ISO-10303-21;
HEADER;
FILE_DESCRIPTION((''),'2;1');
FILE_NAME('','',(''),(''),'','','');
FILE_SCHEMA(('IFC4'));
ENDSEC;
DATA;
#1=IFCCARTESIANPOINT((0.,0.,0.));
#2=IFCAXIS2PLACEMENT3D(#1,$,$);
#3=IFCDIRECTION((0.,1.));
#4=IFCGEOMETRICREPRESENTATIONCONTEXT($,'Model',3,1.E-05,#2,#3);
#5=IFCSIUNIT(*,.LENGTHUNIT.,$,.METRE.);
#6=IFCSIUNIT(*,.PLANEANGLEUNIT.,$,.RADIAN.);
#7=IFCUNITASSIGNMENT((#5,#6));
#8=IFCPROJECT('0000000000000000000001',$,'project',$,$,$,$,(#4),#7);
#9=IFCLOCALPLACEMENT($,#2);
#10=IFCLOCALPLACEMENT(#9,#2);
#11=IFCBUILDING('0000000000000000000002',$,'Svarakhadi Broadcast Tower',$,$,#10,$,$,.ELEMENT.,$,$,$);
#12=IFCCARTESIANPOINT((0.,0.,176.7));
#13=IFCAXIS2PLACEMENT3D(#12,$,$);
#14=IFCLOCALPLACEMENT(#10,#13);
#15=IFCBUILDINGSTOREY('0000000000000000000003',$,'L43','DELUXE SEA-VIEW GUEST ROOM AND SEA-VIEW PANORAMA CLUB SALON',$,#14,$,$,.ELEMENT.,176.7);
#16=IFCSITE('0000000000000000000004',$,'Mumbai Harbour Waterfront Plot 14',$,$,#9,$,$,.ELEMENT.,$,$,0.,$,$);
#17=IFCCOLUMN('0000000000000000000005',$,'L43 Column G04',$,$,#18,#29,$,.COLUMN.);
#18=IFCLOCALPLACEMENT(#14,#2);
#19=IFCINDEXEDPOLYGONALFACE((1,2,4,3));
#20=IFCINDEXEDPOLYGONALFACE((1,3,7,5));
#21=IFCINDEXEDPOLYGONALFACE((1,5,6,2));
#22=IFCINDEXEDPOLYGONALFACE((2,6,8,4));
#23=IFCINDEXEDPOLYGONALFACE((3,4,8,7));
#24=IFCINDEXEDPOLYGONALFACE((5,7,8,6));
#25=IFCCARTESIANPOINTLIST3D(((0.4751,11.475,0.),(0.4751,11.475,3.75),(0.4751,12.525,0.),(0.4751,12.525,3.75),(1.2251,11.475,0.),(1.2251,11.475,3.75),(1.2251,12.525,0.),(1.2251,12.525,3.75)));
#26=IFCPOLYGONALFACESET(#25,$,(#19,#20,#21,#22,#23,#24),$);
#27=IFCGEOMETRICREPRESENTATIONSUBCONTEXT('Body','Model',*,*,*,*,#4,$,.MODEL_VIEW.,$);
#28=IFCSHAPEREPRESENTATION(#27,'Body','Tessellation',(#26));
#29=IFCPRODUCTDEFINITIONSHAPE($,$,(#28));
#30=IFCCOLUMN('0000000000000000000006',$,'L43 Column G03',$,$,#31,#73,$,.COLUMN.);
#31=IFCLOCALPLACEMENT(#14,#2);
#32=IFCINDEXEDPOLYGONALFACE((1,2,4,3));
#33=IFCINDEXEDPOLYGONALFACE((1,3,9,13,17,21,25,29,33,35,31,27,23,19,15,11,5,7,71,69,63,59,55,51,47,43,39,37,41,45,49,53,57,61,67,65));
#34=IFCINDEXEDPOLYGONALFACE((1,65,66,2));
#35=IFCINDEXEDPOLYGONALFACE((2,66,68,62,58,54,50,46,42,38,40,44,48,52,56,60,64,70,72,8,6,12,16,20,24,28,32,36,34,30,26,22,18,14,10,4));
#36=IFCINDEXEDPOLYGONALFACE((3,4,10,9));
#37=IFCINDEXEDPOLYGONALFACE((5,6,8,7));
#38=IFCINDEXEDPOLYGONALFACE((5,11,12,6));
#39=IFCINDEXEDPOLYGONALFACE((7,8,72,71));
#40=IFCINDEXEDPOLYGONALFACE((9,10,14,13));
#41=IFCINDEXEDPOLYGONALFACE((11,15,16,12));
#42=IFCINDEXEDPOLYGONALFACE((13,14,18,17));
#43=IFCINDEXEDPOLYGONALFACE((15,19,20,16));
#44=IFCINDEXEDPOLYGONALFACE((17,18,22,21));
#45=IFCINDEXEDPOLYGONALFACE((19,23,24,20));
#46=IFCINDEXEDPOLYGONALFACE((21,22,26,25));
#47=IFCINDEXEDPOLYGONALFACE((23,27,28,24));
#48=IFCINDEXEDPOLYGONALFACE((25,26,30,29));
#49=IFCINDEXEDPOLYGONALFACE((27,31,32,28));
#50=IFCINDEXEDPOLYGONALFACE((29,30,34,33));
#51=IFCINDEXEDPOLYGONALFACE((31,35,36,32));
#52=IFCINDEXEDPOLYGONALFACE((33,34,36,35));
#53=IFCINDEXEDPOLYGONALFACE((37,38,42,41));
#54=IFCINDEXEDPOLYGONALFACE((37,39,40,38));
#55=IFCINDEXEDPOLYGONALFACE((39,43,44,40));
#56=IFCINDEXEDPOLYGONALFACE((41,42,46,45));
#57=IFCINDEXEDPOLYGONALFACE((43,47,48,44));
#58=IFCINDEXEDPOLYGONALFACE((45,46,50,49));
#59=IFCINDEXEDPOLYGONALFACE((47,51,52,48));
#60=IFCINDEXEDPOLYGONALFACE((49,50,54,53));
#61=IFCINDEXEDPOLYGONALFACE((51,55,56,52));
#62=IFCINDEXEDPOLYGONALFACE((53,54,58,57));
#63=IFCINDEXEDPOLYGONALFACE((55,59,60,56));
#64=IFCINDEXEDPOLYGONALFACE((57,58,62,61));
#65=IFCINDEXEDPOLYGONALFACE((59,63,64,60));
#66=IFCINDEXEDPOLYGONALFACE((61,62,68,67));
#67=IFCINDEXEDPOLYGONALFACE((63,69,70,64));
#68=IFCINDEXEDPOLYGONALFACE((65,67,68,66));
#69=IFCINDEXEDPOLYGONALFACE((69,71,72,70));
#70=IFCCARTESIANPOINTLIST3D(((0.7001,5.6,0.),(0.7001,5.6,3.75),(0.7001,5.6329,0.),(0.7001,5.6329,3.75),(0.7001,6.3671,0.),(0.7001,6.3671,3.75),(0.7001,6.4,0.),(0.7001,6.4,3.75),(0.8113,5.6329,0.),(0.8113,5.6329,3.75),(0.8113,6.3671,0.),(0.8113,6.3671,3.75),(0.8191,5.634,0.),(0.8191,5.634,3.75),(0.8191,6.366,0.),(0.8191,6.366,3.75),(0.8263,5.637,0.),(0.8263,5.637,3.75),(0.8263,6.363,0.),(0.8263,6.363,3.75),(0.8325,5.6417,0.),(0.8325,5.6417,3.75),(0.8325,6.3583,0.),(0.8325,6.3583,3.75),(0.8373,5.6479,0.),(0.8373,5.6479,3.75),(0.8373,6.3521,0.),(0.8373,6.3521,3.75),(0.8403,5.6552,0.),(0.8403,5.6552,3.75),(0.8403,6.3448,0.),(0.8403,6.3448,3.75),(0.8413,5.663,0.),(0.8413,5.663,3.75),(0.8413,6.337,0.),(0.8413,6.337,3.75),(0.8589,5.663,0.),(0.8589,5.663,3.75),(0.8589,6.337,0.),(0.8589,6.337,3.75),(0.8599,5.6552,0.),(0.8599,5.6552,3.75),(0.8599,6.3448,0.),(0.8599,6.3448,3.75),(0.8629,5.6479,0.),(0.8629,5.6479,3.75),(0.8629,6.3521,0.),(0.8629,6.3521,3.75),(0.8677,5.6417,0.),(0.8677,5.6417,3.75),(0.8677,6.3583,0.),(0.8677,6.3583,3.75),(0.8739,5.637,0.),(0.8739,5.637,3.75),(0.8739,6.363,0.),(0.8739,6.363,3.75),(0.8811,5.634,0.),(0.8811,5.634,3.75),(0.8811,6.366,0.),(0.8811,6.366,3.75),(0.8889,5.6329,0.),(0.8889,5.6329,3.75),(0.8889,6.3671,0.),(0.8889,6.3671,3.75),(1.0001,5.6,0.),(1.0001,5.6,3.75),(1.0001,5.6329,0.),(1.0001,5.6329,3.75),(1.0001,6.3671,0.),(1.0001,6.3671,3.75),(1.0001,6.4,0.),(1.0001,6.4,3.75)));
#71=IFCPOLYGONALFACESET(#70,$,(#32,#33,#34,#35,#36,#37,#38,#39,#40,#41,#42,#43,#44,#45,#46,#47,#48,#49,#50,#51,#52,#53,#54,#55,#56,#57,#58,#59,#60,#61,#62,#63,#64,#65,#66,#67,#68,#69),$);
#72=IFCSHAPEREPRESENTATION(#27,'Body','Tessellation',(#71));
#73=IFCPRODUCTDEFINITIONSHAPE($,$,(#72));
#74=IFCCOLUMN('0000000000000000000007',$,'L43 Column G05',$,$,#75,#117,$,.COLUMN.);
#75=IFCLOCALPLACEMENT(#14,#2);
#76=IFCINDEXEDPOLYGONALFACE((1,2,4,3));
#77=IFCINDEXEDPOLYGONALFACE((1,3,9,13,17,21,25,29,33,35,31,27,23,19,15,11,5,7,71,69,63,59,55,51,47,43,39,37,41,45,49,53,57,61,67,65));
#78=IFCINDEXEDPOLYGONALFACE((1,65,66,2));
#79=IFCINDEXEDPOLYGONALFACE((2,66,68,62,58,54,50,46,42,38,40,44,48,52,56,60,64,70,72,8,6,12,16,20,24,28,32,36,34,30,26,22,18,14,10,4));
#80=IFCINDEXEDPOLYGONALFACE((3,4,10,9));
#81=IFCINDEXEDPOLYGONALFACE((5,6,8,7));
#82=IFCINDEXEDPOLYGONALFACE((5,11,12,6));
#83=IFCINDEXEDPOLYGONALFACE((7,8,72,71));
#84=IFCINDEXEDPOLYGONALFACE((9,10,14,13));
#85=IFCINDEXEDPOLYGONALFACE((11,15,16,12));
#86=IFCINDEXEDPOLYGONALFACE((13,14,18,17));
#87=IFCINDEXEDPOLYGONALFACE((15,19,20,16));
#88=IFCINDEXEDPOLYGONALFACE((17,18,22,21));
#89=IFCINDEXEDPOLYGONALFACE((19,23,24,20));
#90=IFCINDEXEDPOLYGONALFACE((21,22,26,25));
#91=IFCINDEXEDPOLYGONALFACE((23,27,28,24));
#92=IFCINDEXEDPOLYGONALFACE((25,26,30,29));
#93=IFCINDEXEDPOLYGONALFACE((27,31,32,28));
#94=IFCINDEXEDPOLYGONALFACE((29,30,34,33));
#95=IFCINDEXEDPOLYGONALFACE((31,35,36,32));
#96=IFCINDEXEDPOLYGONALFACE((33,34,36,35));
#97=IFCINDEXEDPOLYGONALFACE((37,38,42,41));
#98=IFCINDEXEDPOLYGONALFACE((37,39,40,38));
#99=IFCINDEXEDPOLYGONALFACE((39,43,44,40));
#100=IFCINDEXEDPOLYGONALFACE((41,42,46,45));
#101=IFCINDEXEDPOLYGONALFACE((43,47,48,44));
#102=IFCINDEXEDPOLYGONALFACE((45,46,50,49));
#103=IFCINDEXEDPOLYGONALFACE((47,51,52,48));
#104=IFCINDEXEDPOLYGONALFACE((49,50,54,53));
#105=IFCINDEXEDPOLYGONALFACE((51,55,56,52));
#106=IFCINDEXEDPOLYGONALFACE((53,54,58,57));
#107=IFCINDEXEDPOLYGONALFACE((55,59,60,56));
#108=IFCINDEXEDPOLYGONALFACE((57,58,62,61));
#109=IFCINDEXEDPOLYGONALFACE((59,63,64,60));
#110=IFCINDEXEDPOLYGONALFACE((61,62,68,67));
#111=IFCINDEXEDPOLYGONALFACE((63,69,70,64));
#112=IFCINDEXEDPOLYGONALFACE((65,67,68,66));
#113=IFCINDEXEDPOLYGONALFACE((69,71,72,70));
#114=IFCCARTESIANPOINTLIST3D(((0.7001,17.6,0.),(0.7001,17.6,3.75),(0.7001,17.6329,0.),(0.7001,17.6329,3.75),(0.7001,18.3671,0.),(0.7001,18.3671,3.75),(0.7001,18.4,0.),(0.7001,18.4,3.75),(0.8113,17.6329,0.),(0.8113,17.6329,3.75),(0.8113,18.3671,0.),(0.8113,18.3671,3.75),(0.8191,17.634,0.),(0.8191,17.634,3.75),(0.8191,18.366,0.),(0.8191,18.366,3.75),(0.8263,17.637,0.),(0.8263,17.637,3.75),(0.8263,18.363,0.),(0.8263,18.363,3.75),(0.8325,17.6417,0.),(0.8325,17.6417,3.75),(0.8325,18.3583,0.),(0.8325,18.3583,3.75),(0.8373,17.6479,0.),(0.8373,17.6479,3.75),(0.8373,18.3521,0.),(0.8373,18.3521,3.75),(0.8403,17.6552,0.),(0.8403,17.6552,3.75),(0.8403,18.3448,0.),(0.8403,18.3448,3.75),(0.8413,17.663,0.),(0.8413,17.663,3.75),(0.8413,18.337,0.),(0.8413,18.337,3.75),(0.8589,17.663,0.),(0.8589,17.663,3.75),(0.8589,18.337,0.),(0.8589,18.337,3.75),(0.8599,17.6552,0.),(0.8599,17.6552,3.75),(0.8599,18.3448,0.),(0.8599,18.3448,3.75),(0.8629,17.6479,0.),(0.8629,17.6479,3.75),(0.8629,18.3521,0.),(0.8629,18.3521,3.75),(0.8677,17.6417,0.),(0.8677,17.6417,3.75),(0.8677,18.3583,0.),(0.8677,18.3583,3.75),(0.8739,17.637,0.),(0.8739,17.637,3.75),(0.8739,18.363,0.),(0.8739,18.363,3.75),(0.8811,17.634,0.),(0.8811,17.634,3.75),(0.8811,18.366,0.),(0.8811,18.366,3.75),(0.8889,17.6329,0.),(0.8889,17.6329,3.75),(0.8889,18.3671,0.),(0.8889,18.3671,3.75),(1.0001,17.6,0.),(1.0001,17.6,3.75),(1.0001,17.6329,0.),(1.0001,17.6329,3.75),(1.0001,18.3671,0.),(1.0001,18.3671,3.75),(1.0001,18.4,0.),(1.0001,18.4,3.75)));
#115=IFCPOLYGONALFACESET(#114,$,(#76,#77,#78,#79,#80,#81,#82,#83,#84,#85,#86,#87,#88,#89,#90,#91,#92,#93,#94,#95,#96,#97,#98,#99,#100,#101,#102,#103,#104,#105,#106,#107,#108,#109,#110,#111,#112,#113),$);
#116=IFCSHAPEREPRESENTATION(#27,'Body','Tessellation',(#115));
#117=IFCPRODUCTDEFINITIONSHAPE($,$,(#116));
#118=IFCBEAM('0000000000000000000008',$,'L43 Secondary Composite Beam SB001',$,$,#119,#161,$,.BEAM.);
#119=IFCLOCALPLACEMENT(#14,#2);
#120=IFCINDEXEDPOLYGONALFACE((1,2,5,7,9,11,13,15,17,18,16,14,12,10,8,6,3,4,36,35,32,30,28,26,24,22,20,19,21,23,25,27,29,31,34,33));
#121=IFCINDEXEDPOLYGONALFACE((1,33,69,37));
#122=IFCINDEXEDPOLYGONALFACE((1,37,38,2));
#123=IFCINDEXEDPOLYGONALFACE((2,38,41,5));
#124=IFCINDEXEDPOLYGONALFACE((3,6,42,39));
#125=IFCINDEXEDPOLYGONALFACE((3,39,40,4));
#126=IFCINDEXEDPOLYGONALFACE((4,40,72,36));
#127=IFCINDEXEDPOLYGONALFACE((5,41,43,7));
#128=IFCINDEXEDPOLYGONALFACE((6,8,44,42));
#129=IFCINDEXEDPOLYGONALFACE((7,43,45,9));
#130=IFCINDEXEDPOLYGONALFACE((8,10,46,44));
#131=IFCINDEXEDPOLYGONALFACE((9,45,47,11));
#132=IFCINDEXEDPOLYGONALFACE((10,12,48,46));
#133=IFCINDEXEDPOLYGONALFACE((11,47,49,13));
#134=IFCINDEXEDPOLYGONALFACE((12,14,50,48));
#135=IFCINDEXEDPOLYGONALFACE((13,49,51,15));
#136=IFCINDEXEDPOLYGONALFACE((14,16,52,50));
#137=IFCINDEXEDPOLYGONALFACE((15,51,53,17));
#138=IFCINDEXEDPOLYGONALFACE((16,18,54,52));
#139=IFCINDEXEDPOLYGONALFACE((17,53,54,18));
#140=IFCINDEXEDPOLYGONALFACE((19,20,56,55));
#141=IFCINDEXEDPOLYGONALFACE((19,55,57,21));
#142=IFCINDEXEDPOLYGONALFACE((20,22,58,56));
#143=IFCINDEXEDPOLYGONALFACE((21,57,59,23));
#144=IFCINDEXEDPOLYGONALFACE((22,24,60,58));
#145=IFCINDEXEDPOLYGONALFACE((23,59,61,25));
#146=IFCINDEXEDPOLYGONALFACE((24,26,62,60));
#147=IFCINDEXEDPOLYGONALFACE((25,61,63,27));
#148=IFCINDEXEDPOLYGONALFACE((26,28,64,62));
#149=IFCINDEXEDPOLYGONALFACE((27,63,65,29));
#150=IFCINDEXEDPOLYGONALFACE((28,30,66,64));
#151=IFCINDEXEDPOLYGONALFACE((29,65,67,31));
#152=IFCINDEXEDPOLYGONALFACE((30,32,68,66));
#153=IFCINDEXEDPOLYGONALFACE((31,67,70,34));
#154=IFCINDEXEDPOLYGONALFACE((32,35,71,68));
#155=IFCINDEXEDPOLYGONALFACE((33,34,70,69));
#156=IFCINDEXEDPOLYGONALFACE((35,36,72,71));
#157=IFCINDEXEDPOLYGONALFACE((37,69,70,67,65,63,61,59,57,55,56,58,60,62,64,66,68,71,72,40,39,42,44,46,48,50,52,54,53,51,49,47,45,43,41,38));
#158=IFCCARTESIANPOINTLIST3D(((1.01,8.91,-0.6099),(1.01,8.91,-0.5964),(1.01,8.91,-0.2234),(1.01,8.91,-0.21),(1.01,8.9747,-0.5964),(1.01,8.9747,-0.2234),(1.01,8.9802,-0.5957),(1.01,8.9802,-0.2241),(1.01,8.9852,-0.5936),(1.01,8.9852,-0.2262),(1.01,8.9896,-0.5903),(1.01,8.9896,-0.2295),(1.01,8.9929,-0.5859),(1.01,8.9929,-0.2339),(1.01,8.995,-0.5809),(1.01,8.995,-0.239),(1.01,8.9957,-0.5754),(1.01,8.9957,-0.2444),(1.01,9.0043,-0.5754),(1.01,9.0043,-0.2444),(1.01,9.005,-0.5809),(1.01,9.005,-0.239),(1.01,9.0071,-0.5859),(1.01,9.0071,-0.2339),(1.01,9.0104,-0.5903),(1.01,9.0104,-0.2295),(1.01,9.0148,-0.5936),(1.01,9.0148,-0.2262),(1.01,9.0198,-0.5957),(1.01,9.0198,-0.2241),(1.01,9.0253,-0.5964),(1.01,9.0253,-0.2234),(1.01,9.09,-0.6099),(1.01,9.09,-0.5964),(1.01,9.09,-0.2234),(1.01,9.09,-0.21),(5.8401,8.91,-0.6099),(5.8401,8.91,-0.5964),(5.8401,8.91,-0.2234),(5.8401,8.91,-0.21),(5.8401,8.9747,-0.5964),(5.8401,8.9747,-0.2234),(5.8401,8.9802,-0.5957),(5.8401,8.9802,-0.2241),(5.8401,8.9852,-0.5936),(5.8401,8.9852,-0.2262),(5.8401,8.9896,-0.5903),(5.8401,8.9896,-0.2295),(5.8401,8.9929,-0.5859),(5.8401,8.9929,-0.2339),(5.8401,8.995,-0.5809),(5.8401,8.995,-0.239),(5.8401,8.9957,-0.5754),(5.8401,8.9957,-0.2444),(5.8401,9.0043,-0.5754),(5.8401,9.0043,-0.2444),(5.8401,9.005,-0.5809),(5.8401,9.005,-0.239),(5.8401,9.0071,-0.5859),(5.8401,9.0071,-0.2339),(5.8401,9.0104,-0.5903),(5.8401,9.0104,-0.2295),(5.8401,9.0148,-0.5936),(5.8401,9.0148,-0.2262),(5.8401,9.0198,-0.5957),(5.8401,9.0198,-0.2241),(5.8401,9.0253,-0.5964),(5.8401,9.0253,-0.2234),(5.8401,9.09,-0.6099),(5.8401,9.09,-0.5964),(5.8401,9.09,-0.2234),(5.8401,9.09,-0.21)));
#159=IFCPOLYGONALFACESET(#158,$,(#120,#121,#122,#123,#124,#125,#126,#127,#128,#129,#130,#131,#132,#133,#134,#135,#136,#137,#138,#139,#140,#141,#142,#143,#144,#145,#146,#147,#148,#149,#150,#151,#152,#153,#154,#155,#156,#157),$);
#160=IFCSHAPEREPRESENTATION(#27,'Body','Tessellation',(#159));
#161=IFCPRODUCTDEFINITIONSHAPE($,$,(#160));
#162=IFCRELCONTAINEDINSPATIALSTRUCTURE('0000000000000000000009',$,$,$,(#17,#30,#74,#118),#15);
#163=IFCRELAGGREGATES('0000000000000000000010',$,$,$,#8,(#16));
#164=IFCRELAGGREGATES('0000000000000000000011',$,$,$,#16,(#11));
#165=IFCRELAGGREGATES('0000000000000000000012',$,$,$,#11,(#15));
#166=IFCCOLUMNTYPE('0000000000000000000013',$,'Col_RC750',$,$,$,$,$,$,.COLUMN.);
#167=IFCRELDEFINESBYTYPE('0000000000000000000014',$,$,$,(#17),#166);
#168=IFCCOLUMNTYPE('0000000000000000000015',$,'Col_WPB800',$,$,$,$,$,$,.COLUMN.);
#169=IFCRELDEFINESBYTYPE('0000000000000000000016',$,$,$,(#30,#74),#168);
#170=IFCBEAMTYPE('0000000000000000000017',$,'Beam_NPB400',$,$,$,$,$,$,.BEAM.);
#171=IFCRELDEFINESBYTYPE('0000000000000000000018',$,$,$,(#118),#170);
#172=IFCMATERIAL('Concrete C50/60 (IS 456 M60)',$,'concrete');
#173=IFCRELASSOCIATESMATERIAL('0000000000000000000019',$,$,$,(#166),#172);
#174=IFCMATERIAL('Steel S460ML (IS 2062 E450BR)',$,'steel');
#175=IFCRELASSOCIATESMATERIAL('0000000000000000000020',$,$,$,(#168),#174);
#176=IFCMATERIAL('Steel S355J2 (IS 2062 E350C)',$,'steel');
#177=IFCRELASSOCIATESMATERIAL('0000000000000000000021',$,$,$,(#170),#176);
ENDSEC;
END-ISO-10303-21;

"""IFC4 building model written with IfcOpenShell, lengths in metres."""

from ifc_helpers import new_model, si_unit, direction, frame, origin, origin_2d, place, context, subcontext, project, spatial, rectangle, i_section, extrude, material, material_profile, profile_set, type_object, element, save


model = new_model("IFC4")

# Units and contexts
model_context = context("Model", 3, precision=1e-05, world=origin(), true_north=direction((0.0, 1.0)))
body_context = subcontext(model_context, "Body", "Model", "MODEL_VIEW")
ifc_project = project(units=[si_unit("LENGTHUNIT", "METRE"), si_unit("PLANEANGLEUNIT", "RADIAN")], contexts=[model_context])

# Site, building, storey
site_placement = place(None, origin())
site = spatial("IfcSite", under=ifc_project, at=site_placement, Name="Mumbai Harbour Waterfront Plot 14", CompositionType="ELEMENT", RefElevation=0.0)
building_placement = place(site_placement, origin())
building = spatial("IfcBuilding", under=site, at=building_placement, Name="Svarakhadi Broadcast Tower", CompositionType="ELEMENT")
storey_placement = place(building_placement, frame((0.0, 0.0, 176.7)))
storey = spatial("IfcBuildingStorey", under=building, at=storey_placement, Name="L43", Description="DELUXE SEA-VIEW GUEST ROOM AND SEA-VIEW PANORAMA CLUB SALON", CompositionType="ELEMENT", Elevation=176.7)

# Columns
ifc_material_1 = material(Name="Concrete C50/60 (IS 456 M60)", Category="concrete")
ifc_material_profile_1 = material_profile(ifc_material_1, rectangle(XDim=0.75, YDim=1.05, at=origin_2d()), Name="RC 750x1050")
ifc_profile_set_1 = profile_set([ifc_material_profile_1], Name="Concrete C50/60 (IS 456 M60)")
column_type_1 = type_object("IfcColumnType", Name="Col_RC750", PredefinedType="COLUMN", material=ifc_profile_set_1)
column_placement = place(storey_placement, frame((0.8501, 12.0, 0.0), z_axis=(0.0, 0.0, 1.0), x_axis=(1.0, 0.0, 0.0)))
element("IfcColumn", 1, at=column_placement, inside=storey, type_object=column_type_1, Name="L43 Column G04", PredefinedType="COLUMN", context=body_context, shape_type="SweptSolid", body=[
    extrude(rectangle(XDim=0.75, YDim=1.05, at=origin_2d()), origin(), (0.0, 0.0, 1.0), 3.75),
])
ifc_material_2 = material(Name="Steel S460ML (IS 2062 E450BR)", Category="steel")
ifc_material_profile_2 = material_profile(ifc_material_2, i_section(OverallWidth=0.3, OverallDepth=0.8, WebThickness=0.0176, FlangeThickness=0.033, FilletRadius=0.03, at=origin_2d()), Name="WPB 800x300x262")
ifc_profile_set_2 = profile_set([ifc_material_profile_2], Name="Steel S460ML (IS 2062 E450BR)")
column_type_2 = type_object("IfcColumnType", Name="Col_WPB800", PredefinedType="COLUMN", material=ifc_profile_set_2)
for number, where, z_axis, x_axis, name in (
    (2, (0.8501, 6.0, 0.0), (0.0, 0.0, 1.0), (1.0, 0.0, 0.0), "L43 Column G03"),
    (3, (0.8501, 18.0, 0.0), (0.0, 0.0, 1.0), (1.0, 0.0, 0.0), "L43 Column G05"),
):
    element("IfcColumn", number, at=place(storey_placement, frame(where, z_axis=z_axis, x_axis=x_axis)), inside=storey, type_object=column_type_2, Name=name, PredefinedType="COLUMN", context=body_context, shape_type="SweptSolid", body=[
        extrude(i_section(OverallWidth=0.3, OverallDepth=0.8, WebThickness=0.0176, FlangeThickness=0.033, FilletRadius=0.03, at=origin_2d()), origin(), (0.0, 0.0, 1.0), 3.75),
    ])

# Beam
ifc_material_3 = material(Name="Steel S355J2 (IS 2062 E350C)", Category="steel")
ifc_material_profile_3 = material_profile(ifc_material_3, i_section(OverallWidth=0.1799, OverallDepth=0.3999, WebThickness=0.0085, FlangeThickness=0.0134, FilletRadius=0.021, at=origin_2d()), Name="NPB 400x180x66")
ifc_profile_set_3 = profile_set([ifc_material_profile_3], Name="Steel S355J2 (IS 2062 E350C)")
beam_type_1 = type_object("IfcBeamType", Name="Beam_NPB400", PredefinedType="BEAM", material=ifc_profile_set_3)
for number, where, z_axis, x_axis, name in (
    (4, (1.01, 9.0, -0.4099), (1.0, 0.0, 0.0), (0.0, 1.0, 0.0), "L43 Secondary Composite Beam SB001"),
):
    element("IfcBeam", number, at=place(storey_placement, frame(where, z_axis=z_axis, x_axis=x_axis)), inside=storey, type_object=beam_type_1, Name=name, PredefinedType="BEAM", context=body_context, shape_type="SweptSolid", body=[
        extrude(i_section(OverallWidth=0.1799, OverallDepth=0.3999, WebThickness=0.0085, FlangeThickness=0.0134, FilletRadius=0.021, at=origin_2d()), origin(), (0.0, 0.0, 1.0), 4.8301),
    ])

save(model, "model.ifc")
